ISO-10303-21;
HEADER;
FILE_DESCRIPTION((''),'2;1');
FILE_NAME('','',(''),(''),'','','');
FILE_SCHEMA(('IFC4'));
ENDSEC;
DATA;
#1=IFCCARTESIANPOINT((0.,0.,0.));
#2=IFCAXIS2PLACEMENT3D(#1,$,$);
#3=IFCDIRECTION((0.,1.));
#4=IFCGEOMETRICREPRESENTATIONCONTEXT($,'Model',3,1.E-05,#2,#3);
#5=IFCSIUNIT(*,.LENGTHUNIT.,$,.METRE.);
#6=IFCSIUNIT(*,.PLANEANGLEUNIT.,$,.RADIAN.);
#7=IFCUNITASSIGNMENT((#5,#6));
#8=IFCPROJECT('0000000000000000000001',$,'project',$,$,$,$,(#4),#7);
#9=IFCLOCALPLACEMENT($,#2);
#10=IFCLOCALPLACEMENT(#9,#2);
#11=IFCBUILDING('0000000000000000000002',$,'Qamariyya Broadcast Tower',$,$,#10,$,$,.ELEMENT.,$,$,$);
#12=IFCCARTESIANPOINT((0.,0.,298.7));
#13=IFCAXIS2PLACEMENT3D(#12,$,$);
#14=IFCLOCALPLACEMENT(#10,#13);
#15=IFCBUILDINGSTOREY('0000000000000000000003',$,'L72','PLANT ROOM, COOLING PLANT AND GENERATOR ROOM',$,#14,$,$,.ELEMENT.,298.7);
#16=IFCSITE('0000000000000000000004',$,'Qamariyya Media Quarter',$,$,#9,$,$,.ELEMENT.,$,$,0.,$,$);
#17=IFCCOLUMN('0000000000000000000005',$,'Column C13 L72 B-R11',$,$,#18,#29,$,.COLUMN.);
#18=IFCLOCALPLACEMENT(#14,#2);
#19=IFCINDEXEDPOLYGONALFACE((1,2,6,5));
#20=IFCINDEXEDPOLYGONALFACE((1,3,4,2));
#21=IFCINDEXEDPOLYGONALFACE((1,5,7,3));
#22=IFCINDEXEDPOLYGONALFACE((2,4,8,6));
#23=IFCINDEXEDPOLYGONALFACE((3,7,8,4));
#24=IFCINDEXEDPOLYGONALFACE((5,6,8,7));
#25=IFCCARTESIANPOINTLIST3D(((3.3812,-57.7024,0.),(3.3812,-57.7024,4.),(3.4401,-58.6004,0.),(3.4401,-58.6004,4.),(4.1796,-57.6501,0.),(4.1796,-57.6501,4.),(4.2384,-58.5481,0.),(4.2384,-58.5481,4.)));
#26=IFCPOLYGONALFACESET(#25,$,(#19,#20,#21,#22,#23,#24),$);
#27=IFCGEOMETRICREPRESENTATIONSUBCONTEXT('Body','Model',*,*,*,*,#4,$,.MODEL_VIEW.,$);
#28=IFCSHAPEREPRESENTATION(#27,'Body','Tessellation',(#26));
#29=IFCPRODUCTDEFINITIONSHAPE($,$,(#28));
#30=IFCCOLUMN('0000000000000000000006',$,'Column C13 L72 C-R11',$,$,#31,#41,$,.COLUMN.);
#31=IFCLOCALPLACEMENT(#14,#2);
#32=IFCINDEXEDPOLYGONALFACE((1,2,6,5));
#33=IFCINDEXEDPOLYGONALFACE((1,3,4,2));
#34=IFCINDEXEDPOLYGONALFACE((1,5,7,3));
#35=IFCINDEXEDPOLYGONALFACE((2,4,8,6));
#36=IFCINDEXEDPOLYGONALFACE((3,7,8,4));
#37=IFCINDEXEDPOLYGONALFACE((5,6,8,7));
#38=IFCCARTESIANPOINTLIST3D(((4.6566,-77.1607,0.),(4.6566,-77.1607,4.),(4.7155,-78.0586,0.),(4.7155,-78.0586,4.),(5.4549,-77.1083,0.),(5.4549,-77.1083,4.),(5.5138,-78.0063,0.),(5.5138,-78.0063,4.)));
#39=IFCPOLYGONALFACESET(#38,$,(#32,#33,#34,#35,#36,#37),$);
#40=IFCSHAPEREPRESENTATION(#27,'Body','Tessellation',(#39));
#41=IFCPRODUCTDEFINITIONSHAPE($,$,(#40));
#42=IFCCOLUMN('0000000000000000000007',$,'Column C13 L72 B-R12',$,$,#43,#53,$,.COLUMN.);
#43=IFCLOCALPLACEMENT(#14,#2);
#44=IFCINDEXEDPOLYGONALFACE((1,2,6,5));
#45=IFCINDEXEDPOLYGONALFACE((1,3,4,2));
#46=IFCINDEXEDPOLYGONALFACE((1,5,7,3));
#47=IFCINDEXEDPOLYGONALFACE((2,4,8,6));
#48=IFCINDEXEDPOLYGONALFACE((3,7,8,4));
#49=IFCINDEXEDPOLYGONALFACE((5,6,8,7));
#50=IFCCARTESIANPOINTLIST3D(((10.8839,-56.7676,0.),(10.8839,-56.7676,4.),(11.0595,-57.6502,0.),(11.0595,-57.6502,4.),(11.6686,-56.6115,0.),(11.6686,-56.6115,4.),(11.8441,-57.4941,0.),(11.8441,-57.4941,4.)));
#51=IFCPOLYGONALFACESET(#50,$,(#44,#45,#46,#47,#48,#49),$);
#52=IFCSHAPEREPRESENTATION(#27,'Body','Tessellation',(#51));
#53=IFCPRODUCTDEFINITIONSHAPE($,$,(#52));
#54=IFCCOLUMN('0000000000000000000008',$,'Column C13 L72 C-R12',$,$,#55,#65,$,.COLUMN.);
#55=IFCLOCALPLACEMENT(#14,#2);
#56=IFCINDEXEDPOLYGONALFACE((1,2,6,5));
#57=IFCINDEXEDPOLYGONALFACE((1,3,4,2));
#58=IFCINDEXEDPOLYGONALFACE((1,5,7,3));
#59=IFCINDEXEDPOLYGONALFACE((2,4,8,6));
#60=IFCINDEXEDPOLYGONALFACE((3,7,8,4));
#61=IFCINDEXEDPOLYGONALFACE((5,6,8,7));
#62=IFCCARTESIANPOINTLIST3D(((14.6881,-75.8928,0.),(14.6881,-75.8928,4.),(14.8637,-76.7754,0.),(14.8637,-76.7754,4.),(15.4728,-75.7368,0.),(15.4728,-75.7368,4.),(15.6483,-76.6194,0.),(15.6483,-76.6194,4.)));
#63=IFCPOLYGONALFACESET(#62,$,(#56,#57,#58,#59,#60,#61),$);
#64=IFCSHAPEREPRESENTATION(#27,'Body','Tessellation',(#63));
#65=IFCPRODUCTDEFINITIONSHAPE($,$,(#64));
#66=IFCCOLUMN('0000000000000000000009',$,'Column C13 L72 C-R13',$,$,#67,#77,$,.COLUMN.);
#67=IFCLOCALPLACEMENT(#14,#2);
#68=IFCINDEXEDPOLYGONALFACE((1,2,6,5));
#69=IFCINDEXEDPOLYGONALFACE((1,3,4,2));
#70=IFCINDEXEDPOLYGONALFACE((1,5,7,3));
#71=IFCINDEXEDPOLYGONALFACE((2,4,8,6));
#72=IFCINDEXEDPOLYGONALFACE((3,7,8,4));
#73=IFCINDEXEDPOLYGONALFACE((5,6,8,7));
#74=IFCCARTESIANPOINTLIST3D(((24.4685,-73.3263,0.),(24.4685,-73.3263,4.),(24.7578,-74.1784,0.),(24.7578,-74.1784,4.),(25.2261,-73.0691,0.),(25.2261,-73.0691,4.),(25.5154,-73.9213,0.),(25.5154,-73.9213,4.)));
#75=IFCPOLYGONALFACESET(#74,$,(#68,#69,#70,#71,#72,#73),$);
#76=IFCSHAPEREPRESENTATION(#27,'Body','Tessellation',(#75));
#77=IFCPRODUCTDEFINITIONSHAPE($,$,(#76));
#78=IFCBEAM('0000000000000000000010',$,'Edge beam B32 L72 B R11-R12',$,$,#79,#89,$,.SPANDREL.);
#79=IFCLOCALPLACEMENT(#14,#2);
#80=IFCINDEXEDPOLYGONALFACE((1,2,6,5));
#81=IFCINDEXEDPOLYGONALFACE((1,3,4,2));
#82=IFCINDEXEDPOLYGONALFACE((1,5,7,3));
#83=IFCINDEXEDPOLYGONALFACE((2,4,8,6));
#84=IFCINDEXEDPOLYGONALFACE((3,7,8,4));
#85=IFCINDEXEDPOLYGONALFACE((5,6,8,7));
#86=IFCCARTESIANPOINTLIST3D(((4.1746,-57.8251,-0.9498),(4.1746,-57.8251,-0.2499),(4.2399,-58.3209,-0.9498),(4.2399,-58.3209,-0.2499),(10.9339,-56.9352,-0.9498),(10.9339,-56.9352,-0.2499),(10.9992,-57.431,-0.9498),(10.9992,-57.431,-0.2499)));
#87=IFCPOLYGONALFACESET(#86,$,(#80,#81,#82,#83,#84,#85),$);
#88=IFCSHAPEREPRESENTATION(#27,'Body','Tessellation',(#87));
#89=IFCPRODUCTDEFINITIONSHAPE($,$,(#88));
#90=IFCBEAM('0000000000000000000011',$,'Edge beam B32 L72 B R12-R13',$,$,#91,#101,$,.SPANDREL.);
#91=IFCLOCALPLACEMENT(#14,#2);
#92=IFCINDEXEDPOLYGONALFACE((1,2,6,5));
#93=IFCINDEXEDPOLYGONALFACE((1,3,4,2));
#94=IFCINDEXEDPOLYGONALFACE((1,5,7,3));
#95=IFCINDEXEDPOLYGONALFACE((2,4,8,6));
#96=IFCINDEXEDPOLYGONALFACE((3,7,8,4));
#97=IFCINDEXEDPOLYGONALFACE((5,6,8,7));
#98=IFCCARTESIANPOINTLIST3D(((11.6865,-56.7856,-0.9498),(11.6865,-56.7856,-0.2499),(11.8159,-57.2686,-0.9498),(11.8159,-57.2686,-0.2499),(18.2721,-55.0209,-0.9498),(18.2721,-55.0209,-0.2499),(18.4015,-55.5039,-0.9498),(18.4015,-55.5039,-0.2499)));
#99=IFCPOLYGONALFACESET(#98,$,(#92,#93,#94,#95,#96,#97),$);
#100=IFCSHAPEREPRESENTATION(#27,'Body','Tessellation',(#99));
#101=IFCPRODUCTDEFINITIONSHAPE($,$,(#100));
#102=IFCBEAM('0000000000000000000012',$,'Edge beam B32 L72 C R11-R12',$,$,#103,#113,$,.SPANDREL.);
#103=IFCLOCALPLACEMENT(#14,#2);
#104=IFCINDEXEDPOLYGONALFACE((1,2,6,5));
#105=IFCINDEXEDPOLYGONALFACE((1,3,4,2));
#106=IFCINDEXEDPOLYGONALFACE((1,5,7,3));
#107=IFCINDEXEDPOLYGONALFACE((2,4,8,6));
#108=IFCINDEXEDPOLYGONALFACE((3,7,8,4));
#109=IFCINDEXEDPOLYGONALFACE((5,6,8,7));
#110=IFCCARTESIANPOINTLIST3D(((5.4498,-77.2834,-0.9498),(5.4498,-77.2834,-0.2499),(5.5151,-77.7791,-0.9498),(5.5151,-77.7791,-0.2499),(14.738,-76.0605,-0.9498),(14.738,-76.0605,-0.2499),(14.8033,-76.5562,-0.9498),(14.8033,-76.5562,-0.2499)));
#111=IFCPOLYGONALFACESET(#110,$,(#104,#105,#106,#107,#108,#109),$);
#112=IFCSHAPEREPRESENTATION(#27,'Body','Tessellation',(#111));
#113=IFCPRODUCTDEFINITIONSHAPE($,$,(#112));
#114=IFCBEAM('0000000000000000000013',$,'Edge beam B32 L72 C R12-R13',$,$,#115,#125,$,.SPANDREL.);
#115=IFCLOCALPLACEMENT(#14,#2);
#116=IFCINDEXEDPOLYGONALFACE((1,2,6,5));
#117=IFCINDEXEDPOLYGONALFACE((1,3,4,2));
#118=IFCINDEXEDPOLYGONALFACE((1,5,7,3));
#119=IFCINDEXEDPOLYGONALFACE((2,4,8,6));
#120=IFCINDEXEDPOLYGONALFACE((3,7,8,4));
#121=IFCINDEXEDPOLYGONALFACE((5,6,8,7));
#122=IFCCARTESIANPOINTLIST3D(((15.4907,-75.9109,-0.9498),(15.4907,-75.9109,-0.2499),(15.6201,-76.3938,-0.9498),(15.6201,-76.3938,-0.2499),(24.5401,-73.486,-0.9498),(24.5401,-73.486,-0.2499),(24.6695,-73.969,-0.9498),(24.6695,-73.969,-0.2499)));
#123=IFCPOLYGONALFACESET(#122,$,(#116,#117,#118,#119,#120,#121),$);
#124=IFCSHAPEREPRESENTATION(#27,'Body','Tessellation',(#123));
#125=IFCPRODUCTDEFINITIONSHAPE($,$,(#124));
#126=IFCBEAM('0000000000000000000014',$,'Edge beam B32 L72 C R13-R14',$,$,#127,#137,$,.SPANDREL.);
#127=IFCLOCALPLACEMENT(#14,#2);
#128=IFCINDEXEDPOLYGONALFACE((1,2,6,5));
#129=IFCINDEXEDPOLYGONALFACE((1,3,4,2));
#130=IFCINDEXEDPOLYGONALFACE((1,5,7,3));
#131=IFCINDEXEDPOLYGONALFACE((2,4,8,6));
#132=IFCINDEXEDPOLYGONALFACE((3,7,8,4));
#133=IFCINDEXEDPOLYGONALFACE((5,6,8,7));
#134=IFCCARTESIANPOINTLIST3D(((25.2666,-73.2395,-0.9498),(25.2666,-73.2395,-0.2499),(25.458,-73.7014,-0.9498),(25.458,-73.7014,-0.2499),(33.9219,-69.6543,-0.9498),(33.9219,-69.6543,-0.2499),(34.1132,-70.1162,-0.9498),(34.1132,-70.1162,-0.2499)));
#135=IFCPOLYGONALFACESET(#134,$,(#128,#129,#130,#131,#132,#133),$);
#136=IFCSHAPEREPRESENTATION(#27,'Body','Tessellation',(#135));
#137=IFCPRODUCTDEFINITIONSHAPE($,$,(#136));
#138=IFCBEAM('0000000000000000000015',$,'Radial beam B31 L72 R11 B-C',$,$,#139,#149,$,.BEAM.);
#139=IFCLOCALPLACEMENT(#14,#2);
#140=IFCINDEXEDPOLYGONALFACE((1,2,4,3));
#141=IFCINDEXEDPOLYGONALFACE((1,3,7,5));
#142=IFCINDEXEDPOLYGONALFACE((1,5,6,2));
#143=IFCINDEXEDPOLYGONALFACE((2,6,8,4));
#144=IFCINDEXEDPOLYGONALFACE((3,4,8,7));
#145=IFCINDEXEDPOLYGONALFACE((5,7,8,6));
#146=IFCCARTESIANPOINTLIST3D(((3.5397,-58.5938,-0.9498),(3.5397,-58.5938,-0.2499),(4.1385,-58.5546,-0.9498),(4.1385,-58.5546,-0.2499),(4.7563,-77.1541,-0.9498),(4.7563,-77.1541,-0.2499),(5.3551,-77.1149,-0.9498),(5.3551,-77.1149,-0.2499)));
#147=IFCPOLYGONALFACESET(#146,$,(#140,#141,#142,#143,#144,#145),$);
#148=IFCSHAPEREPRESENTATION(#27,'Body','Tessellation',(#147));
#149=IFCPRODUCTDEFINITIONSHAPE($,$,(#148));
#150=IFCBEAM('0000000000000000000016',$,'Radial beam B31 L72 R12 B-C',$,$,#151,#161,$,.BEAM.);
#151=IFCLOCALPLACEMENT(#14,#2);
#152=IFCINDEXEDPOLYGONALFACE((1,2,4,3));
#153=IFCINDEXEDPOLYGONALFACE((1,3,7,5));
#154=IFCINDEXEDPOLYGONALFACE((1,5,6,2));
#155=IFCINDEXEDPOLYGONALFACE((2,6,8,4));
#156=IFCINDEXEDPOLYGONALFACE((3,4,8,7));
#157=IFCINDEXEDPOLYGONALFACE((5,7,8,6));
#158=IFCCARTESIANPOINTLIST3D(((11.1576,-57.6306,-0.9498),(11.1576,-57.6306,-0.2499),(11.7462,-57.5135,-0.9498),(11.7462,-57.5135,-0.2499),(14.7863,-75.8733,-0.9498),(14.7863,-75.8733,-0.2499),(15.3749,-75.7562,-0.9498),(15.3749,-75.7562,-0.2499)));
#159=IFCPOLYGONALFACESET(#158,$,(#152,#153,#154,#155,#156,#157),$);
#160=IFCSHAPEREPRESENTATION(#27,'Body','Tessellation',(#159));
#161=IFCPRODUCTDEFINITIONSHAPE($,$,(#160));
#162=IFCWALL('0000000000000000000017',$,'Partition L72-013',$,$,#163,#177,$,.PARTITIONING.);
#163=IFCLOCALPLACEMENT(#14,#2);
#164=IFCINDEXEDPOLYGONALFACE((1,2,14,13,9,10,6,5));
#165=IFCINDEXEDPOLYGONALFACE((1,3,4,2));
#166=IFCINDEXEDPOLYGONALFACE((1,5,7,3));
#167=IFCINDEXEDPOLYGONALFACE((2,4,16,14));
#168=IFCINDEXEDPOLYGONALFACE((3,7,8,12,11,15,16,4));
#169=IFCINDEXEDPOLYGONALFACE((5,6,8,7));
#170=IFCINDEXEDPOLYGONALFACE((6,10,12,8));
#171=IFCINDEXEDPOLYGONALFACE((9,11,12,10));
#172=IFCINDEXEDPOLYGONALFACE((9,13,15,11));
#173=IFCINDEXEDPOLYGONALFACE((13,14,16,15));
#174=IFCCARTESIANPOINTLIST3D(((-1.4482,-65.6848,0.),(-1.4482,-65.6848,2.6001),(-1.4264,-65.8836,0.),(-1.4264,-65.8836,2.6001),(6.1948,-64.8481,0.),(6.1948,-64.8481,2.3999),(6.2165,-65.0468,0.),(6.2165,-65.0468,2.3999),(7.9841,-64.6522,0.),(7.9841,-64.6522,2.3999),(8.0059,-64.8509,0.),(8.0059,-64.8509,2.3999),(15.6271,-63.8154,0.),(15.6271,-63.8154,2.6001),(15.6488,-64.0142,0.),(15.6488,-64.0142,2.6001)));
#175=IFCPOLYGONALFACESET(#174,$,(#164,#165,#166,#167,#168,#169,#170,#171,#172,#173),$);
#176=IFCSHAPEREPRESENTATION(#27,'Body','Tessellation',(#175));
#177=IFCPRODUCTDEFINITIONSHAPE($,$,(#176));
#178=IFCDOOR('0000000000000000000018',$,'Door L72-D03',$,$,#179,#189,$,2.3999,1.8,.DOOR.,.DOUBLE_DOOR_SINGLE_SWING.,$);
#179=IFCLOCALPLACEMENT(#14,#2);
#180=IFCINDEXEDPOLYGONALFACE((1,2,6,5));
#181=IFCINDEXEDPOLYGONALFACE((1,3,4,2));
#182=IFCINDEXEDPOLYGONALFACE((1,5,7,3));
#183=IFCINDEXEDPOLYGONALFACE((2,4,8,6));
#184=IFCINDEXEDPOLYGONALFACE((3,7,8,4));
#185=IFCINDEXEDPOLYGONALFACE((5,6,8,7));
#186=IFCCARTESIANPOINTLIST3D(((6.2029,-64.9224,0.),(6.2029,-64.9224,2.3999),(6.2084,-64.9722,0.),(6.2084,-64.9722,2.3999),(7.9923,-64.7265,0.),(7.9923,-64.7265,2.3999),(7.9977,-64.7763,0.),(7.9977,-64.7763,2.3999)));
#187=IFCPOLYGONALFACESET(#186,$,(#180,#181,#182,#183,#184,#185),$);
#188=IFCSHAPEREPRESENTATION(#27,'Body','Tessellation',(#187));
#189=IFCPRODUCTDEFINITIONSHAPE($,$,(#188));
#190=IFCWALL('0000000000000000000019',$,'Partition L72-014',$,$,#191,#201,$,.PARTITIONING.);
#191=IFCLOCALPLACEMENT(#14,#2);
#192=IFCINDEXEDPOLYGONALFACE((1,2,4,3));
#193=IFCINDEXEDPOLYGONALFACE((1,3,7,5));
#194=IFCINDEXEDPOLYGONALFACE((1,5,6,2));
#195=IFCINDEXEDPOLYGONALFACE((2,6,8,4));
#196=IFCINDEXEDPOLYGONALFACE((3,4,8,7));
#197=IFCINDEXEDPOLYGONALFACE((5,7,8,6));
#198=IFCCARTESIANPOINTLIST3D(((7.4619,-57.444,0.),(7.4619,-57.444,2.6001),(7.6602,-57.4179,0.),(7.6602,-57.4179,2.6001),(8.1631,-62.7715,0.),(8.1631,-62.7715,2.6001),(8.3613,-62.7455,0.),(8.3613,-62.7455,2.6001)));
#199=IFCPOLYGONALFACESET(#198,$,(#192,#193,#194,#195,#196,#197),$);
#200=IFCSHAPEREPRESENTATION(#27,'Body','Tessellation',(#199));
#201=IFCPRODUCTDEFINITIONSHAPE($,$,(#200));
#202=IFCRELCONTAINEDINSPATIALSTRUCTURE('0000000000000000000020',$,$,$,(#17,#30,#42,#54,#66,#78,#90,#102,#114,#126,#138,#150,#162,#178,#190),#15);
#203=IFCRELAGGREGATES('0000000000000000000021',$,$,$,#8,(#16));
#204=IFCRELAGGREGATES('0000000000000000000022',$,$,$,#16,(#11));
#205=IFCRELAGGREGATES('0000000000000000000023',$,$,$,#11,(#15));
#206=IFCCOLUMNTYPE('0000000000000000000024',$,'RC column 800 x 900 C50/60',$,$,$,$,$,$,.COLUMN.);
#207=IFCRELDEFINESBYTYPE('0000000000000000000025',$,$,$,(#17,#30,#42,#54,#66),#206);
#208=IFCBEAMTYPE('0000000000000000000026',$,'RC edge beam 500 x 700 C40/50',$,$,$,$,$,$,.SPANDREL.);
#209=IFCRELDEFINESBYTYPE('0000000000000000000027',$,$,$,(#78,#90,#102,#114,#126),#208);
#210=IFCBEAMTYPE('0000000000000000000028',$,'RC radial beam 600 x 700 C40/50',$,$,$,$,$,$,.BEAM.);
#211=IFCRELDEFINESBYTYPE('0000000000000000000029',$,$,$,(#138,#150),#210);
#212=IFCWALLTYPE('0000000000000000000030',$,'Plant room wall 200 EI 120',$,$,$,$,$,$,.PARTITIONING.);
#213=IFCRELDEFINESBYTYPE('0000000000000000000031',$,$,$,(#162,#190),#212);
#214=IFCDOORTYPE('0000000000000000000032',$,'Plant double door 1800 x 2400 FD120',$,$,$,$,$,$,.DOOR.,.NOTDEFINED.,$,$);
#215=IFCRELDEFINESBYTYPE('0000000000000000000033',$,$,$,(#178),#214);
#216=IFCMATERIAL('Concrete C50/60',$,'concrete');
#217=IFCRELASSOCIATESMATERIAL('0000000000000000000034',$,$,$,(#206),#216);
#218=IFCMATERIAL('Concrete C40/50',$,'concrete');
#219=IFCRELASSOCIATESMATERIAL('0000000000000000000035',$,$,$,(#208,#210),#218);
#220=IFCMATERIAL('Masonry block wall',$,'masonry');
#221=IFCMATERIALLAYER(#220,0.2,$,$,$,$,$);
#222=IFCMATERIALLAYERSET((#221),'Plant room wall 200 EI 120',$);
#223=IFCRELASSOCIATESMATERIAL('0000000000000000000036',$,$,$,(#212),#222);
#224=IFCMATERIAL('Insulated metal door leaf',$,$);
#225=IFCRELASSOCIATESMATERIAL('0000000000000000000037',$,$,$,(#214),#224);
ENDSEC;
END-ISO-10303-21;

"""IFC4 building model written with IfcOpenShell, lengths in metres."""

from ifc_helpers import new_model, si_unit, direction, frame, frame_2d, origin, origin_2d, place, context, subcontext, project, spatial, rectangle, extrude, material, layer, layer_set, material_profile, profile_set, type_object, element, fill, save


model = new_model("IFC4")

# Units and contexts
model_context = context("Model", 3, precision=1e-05, world=origin(), true_north=direction((0.0, 1.0)))
body_context = subcontext(model_context, "Body", "Model", "MODEL_VIEW")
ifc_project = project(units=[si_unit("LENGTHUNIT", "METRE"), si_unit("PLANEANGLEUNIT", "RADIAN")], contexts=[model_context])

# Site, building, storey
site_placement = place(None, origin())
site = spatial("IfcSite", under=ifc_project, at=site_placement, Name="Qamariyya Media Quarter", CompositionType="ELEMENT", RefElevation=0.0)
building_placement = place(site_placement, origin())
building = spatial("IfcBuilding", under=site, at=building_placement, Name="Qamariyya Broadcast Tower", CompositionType="ELEMENT")
storey_placement = place(building_placement, frame((0.0, 0.0, 298.7)))
storey = spatial("IfcBuildingStorey", under=building, at=storey_placement, Name="L72", Description="PLANT ROOM, COOLING PLANT AND GENERATOR ROOM", CompositionType="ELEMENT", Elevation=298.7)

# Columns
ifc_material_1 = material(Name="Concrete C50/60", Category="concrete")
ifc_material_profile_1 = material_profile(ifc_material_1, rectangle(XDim=0.8, YDim=0.8999, at=origin_2d()))
ifc_profile_set_1 = profile_set([ifc_material_profile_1], Name="Concrete C50/60")
column_type = type_object("IfcColumnType", Name="RC column 800 x 900 C50/60", PredefinedType="COLUMN", material=ifc_profile_set_1)
for number, where, z_axis, x_axis, name in (
    (1, (3.8098, -58.1252, 0.0), (0.0, 0.0, 1.0), (0.997859, 0.065403, 0.0), "Column C13 L72 B-R11"),
    (2, (5.0852, -77.5835, 0.0), (0.0, 0.0, 1.0), (0.997859, 0.065403, 0.0), "Column C13 L72 C-R11"),
    (3, (11.364, -57.1309, 0.0), (0.0, 0.0, 1.0), (0.980785, 0.19509, 0.0), "Column C13 L72 B-R12"),
    (4, (15.1682, -76.2561, 0.0), (0.0, 0.0, 1.0), (0.980785, 0.19509, 0.0), "Column C13 L72 C-R12"),
    (5, (24.9919, -73.6238, 0.0), (0.0, 0.0, 1.0), (0.94693, 0.321439, 0.0), "Column C13 L72 C-R13"),
):
    element("IfcColumn", number, at=place(storey_placement, frame(where, z_axis=z_axis, x_axis=x_axis)), inside=storey, type_object=column_type, Name=name, PredefinedType="COLUMN", context=body_context, shape_type="SweptSolid", body=[
        extrude(rectangle(XDim=0.8, YDim=0.8999, at=origin_2d()), origin(), (0.0, 0.0, 1.0), 4.0),
    ])

# Beams
ifc_material_2 = material(Name="Concrete C40/50", Category="concrete")
ifc_material_profile_2 = material_profile(ifc_material_2, rectangle(XDim=0.5, YDim=0.7, at=origin_2d()))
ifc_profile_set_2 = profile_set([ifc_material_profile_2], Name="Concrete C40/50")
beam_type_1 = type_object("IfcBeamType", Name="RC edge beam 500 x 700 C40/50", PredefinedType="SPANDREL", material=ifc_profile_set_2)
beam_1_placement = place(storey_placement, frame((4.2073, -58.073, -0.5999), z_axis=(0.991445, 0.130529, 0.0), x_axis=(-0.130529, 0.991445, 0.0)))
element("IfcBeam", 6, at=beam_1_placement, inside=storey, type_object=beam_type_1, Name="Edge beam B32 L72 B R11-R12", PredefinedType="SPANDREL", context=body_context, shape_type="SweptSolid", body=[
    extrude(rectangle(XDim=0.5, YDim=0.7, at=origin_2d()), origin(), (0.0, 0.0, 1.0), 6.8176),
])
beam_2_placement = place(storey_placement, frame((11.7512, -57.0271, -0.5999), z_axis=(0.965923, 0.25883, 0.0), x_axis=(-0.25883, 0.965923, 0.0)))
element("IfcBeam", 7, at=beam_2_placement, inside=storey, type_object=beam_type_1, Name="Edge beam B32 L72 B R12-R13", PredefinedType="SPANDREL", context=body_context, shape_type="SweptSolid", body=[
    extrude(rectangle(XDim=0.5, YDim=0.7, at=origin_2d()), origin(), (0.0, 0.0, 1.0), 6.8179),
])
beam_3_placement = place(storey_placement, frame((5.4824, -77.5312, -0.5999), z_axis=(0.991444, 0.130533, 0.0), x_axis=(-0.130533, 0.991444, 0.0)))
element("IfcBeam", 8, at=beam_3_placement, inside=storey, type_object=beam_type_1, Name="Edge beam B32 L72 C R11-R12", PredefinedType="SPANDREL", context=body_context, shape_type="SweptSolid", body=[
    extrude(rectangle(XDim=0.5, YDim=0.7, at=origin_2d()), origin(), (0.0, 0.0, 1.0), 9.3684),
])
beam_4_placement = place(storey_placement, frame((15.5554, -76.1523, -0.5999), z_axis=(0.965925, 0.258824, 0.0), x_axis=(-0.258824, 0.965925, 0.0)))
element("IfcBeam", 9, at=beam_4_placement, inside=storey, type_object=beam_type_1, Name="Edge beam B32 L72 C R12-R13", PredefinedType="SPANDREL", context=body_context, shape_type="SweptSolid", body=[
    extrude(rectangle(XDim=0.5, YDim=0.7, at=origin_2d()), origin(), (0.0, 0.0, 1.0), 9.3687),
])
beam_5_placement = place(storey_placement, frame((25.3623, -73.4705, -0.5999), z_axis=(0.923877, 0.38269, 0.0), x_axis=(-0.38269, 0.923877, 0.0)))
element("IfcBeam", 10, at=beam_5_placement, inside=storey, type_object=beam_type_1, Name="Edge beam B32 L72 C R13-R14", PredefinedType="SPANDREL", context=body_context, shape_type="SweptSolid", body=[
    extrude(rectangle(XDim=0.5, YDim=0.7, at=origin_2d()), origin(), (0.0, 0.0, 1.0), 9.3684),
])
ifc_material_profile_3 = material_profile(ifc_material_2, rectangle(XDim=0.6001, YDim=0.7, at=origin_2d()))
ifc_profile_set_3 = profile_set([ifc_material_profile_3], Name="Concrete C40/50")
beam_type_2 = type_object("IfcBeamType", Name="RC radial beam 600 x 700 C40/50", PredefinedType="BEAM", material=ifc_profile_set_3)
for number, where, z_axis, x_axis, name in (
    (11, (3.8391, -58.5742, -0.5999), (0.065406, -0.997859, 0.0), (0.997859, 0.065406, 0.0), "Radial beam B31 L72 R11 B-C"),
    (12, (11.4519, -57.572, -0.5999), (0.195089, -0.980786, 0.0), (0.980786, 0.195089, 0.0), "Radial beam B31 L72 R12 B-C"),
):
    element("IfcBeam", number, at=place(storey_placement, frame(where, z_axis=z_axis, x_axis=x_axis)), inside=storey, type_object=beam_type_2, Name=name, PredefinedType="BEAM", context=body_context, shape_type="SweptSolid", body=[
        extrude(rectangle(XDim=0.6001, YDim=0.7, at=origin_2d()), origin(), (0.0, 0.0, 1.0), 18.6001),
    ])

# Wall, opening, door
ifc_material_3 = material(Name="Masonry block wall", Category="masonry")
ifc_layer_1 = layer(ifc_material_3, 0.2)
ifc_layer_set_1 = layer_set([ifc_layer_1], Name="Plant room wall 200 EI 120")
wall_type_1 = type_object("IfcWallType", Name="Plant room wall 200 EI 120", PredefinedType="PARTITIONING", material=ifc_layer_set_1)
wall_1_placement = place(storey_placement, frame((15.6379, -63.9148, 0.0), z_axis=(0.0, 0.0, 1.0), x_axis=(-0.99406, -0.108829, 0.0)))
wall_1 = element("IfcWall", 13, at=wall_1_placement, inside=storey, type_object=wall_type_1, Name="Partition L72-013", PredefinedType="PARTITIONING", context=body_context, shape_type="SweptSolid", body=[
    extrude(rectangle(XDim=17.1772, YDim=0.2, at=frame_2d((8.5886, 0.0))), origin(), (0.0, 0.0, 1.0), 2.6001),
])
opening_1_placement = place(wall_1_placement, frame((7.6887, 0.0, 0.0)))
opening_1 = element("IfcOpeningElement", 14, at=opening_1_placement, cuts=wall_1, PredefinedType="OPENING", context=body_context, shape_type="SweptSolid", body=[
    extrude(rectangle(XDim=1.8, YDim=2.3999, at=frame_2d((0.8999, 1.2))), frame((0.0, 0.1099, 0.0), z_axis=(0.0, -1.0, 0.0), x_axis=(1.0, 0.0, 0.0)), (0.0, 0.0, 1.0), 0.22),
])
ifc_material_4 = material(Name="Insulated metal door leaf")
door_type_1 = type_object("IfcDoorType", Name="Plant double door 1800 x 2400 FD120", OperationType="NOTDEFINED", PredefinedType="DOOR", material=ifc_material_4)
door_1_placement = place(opening_1_placement, origin())
door_1 = element("IfcDoor", 15, at=door_1_placement, inside=storey, type_object=door_type_1, Name="Door L72-D03", OperationType="DOUBLE_DOOR_SINGLE_SWING", OverallHeight=2.3999, OverallWidth=1.8, PredefinedType="DOOR", context=body_context, shape_type="SweptSolid", body=[
    extrude(rectangle(XDim=1.8, YDim=2.3999, at=frame_2d((0.8999, 1.2))), frame((0.0, 0.0249, 0.0), z_axis=(0.0, -1.0, 0.0), x_axis=(1.0, 0.0, 0.0)), (0.0, 0.0, 1.0), 0.05),
])
fill(opening_1, door_1)

# Wall
wall_2_placement = place(storey_placement, frame((7.561, -57.4309, 0.0), z_axis=(0.0, 0.0, 1.0), x_axis=(0.130485, -0.99145, 0.0)))
element("IfcWall", 16, at=wall_2_placement, inside=storey, type_object=wall_type_1, Name="Partition L72-014", PredefinedType="PARTITIONING", context=body_context, shape_type="SweptSolid", body=[
    extrude(rectangle(XDim=5.3735, YDim=0.2, at=frame_2d((2.6868, 0.0))), origin(), (0.0, 0.0, 1.0), 2.6001),
])

save(model, "model.ifc")
